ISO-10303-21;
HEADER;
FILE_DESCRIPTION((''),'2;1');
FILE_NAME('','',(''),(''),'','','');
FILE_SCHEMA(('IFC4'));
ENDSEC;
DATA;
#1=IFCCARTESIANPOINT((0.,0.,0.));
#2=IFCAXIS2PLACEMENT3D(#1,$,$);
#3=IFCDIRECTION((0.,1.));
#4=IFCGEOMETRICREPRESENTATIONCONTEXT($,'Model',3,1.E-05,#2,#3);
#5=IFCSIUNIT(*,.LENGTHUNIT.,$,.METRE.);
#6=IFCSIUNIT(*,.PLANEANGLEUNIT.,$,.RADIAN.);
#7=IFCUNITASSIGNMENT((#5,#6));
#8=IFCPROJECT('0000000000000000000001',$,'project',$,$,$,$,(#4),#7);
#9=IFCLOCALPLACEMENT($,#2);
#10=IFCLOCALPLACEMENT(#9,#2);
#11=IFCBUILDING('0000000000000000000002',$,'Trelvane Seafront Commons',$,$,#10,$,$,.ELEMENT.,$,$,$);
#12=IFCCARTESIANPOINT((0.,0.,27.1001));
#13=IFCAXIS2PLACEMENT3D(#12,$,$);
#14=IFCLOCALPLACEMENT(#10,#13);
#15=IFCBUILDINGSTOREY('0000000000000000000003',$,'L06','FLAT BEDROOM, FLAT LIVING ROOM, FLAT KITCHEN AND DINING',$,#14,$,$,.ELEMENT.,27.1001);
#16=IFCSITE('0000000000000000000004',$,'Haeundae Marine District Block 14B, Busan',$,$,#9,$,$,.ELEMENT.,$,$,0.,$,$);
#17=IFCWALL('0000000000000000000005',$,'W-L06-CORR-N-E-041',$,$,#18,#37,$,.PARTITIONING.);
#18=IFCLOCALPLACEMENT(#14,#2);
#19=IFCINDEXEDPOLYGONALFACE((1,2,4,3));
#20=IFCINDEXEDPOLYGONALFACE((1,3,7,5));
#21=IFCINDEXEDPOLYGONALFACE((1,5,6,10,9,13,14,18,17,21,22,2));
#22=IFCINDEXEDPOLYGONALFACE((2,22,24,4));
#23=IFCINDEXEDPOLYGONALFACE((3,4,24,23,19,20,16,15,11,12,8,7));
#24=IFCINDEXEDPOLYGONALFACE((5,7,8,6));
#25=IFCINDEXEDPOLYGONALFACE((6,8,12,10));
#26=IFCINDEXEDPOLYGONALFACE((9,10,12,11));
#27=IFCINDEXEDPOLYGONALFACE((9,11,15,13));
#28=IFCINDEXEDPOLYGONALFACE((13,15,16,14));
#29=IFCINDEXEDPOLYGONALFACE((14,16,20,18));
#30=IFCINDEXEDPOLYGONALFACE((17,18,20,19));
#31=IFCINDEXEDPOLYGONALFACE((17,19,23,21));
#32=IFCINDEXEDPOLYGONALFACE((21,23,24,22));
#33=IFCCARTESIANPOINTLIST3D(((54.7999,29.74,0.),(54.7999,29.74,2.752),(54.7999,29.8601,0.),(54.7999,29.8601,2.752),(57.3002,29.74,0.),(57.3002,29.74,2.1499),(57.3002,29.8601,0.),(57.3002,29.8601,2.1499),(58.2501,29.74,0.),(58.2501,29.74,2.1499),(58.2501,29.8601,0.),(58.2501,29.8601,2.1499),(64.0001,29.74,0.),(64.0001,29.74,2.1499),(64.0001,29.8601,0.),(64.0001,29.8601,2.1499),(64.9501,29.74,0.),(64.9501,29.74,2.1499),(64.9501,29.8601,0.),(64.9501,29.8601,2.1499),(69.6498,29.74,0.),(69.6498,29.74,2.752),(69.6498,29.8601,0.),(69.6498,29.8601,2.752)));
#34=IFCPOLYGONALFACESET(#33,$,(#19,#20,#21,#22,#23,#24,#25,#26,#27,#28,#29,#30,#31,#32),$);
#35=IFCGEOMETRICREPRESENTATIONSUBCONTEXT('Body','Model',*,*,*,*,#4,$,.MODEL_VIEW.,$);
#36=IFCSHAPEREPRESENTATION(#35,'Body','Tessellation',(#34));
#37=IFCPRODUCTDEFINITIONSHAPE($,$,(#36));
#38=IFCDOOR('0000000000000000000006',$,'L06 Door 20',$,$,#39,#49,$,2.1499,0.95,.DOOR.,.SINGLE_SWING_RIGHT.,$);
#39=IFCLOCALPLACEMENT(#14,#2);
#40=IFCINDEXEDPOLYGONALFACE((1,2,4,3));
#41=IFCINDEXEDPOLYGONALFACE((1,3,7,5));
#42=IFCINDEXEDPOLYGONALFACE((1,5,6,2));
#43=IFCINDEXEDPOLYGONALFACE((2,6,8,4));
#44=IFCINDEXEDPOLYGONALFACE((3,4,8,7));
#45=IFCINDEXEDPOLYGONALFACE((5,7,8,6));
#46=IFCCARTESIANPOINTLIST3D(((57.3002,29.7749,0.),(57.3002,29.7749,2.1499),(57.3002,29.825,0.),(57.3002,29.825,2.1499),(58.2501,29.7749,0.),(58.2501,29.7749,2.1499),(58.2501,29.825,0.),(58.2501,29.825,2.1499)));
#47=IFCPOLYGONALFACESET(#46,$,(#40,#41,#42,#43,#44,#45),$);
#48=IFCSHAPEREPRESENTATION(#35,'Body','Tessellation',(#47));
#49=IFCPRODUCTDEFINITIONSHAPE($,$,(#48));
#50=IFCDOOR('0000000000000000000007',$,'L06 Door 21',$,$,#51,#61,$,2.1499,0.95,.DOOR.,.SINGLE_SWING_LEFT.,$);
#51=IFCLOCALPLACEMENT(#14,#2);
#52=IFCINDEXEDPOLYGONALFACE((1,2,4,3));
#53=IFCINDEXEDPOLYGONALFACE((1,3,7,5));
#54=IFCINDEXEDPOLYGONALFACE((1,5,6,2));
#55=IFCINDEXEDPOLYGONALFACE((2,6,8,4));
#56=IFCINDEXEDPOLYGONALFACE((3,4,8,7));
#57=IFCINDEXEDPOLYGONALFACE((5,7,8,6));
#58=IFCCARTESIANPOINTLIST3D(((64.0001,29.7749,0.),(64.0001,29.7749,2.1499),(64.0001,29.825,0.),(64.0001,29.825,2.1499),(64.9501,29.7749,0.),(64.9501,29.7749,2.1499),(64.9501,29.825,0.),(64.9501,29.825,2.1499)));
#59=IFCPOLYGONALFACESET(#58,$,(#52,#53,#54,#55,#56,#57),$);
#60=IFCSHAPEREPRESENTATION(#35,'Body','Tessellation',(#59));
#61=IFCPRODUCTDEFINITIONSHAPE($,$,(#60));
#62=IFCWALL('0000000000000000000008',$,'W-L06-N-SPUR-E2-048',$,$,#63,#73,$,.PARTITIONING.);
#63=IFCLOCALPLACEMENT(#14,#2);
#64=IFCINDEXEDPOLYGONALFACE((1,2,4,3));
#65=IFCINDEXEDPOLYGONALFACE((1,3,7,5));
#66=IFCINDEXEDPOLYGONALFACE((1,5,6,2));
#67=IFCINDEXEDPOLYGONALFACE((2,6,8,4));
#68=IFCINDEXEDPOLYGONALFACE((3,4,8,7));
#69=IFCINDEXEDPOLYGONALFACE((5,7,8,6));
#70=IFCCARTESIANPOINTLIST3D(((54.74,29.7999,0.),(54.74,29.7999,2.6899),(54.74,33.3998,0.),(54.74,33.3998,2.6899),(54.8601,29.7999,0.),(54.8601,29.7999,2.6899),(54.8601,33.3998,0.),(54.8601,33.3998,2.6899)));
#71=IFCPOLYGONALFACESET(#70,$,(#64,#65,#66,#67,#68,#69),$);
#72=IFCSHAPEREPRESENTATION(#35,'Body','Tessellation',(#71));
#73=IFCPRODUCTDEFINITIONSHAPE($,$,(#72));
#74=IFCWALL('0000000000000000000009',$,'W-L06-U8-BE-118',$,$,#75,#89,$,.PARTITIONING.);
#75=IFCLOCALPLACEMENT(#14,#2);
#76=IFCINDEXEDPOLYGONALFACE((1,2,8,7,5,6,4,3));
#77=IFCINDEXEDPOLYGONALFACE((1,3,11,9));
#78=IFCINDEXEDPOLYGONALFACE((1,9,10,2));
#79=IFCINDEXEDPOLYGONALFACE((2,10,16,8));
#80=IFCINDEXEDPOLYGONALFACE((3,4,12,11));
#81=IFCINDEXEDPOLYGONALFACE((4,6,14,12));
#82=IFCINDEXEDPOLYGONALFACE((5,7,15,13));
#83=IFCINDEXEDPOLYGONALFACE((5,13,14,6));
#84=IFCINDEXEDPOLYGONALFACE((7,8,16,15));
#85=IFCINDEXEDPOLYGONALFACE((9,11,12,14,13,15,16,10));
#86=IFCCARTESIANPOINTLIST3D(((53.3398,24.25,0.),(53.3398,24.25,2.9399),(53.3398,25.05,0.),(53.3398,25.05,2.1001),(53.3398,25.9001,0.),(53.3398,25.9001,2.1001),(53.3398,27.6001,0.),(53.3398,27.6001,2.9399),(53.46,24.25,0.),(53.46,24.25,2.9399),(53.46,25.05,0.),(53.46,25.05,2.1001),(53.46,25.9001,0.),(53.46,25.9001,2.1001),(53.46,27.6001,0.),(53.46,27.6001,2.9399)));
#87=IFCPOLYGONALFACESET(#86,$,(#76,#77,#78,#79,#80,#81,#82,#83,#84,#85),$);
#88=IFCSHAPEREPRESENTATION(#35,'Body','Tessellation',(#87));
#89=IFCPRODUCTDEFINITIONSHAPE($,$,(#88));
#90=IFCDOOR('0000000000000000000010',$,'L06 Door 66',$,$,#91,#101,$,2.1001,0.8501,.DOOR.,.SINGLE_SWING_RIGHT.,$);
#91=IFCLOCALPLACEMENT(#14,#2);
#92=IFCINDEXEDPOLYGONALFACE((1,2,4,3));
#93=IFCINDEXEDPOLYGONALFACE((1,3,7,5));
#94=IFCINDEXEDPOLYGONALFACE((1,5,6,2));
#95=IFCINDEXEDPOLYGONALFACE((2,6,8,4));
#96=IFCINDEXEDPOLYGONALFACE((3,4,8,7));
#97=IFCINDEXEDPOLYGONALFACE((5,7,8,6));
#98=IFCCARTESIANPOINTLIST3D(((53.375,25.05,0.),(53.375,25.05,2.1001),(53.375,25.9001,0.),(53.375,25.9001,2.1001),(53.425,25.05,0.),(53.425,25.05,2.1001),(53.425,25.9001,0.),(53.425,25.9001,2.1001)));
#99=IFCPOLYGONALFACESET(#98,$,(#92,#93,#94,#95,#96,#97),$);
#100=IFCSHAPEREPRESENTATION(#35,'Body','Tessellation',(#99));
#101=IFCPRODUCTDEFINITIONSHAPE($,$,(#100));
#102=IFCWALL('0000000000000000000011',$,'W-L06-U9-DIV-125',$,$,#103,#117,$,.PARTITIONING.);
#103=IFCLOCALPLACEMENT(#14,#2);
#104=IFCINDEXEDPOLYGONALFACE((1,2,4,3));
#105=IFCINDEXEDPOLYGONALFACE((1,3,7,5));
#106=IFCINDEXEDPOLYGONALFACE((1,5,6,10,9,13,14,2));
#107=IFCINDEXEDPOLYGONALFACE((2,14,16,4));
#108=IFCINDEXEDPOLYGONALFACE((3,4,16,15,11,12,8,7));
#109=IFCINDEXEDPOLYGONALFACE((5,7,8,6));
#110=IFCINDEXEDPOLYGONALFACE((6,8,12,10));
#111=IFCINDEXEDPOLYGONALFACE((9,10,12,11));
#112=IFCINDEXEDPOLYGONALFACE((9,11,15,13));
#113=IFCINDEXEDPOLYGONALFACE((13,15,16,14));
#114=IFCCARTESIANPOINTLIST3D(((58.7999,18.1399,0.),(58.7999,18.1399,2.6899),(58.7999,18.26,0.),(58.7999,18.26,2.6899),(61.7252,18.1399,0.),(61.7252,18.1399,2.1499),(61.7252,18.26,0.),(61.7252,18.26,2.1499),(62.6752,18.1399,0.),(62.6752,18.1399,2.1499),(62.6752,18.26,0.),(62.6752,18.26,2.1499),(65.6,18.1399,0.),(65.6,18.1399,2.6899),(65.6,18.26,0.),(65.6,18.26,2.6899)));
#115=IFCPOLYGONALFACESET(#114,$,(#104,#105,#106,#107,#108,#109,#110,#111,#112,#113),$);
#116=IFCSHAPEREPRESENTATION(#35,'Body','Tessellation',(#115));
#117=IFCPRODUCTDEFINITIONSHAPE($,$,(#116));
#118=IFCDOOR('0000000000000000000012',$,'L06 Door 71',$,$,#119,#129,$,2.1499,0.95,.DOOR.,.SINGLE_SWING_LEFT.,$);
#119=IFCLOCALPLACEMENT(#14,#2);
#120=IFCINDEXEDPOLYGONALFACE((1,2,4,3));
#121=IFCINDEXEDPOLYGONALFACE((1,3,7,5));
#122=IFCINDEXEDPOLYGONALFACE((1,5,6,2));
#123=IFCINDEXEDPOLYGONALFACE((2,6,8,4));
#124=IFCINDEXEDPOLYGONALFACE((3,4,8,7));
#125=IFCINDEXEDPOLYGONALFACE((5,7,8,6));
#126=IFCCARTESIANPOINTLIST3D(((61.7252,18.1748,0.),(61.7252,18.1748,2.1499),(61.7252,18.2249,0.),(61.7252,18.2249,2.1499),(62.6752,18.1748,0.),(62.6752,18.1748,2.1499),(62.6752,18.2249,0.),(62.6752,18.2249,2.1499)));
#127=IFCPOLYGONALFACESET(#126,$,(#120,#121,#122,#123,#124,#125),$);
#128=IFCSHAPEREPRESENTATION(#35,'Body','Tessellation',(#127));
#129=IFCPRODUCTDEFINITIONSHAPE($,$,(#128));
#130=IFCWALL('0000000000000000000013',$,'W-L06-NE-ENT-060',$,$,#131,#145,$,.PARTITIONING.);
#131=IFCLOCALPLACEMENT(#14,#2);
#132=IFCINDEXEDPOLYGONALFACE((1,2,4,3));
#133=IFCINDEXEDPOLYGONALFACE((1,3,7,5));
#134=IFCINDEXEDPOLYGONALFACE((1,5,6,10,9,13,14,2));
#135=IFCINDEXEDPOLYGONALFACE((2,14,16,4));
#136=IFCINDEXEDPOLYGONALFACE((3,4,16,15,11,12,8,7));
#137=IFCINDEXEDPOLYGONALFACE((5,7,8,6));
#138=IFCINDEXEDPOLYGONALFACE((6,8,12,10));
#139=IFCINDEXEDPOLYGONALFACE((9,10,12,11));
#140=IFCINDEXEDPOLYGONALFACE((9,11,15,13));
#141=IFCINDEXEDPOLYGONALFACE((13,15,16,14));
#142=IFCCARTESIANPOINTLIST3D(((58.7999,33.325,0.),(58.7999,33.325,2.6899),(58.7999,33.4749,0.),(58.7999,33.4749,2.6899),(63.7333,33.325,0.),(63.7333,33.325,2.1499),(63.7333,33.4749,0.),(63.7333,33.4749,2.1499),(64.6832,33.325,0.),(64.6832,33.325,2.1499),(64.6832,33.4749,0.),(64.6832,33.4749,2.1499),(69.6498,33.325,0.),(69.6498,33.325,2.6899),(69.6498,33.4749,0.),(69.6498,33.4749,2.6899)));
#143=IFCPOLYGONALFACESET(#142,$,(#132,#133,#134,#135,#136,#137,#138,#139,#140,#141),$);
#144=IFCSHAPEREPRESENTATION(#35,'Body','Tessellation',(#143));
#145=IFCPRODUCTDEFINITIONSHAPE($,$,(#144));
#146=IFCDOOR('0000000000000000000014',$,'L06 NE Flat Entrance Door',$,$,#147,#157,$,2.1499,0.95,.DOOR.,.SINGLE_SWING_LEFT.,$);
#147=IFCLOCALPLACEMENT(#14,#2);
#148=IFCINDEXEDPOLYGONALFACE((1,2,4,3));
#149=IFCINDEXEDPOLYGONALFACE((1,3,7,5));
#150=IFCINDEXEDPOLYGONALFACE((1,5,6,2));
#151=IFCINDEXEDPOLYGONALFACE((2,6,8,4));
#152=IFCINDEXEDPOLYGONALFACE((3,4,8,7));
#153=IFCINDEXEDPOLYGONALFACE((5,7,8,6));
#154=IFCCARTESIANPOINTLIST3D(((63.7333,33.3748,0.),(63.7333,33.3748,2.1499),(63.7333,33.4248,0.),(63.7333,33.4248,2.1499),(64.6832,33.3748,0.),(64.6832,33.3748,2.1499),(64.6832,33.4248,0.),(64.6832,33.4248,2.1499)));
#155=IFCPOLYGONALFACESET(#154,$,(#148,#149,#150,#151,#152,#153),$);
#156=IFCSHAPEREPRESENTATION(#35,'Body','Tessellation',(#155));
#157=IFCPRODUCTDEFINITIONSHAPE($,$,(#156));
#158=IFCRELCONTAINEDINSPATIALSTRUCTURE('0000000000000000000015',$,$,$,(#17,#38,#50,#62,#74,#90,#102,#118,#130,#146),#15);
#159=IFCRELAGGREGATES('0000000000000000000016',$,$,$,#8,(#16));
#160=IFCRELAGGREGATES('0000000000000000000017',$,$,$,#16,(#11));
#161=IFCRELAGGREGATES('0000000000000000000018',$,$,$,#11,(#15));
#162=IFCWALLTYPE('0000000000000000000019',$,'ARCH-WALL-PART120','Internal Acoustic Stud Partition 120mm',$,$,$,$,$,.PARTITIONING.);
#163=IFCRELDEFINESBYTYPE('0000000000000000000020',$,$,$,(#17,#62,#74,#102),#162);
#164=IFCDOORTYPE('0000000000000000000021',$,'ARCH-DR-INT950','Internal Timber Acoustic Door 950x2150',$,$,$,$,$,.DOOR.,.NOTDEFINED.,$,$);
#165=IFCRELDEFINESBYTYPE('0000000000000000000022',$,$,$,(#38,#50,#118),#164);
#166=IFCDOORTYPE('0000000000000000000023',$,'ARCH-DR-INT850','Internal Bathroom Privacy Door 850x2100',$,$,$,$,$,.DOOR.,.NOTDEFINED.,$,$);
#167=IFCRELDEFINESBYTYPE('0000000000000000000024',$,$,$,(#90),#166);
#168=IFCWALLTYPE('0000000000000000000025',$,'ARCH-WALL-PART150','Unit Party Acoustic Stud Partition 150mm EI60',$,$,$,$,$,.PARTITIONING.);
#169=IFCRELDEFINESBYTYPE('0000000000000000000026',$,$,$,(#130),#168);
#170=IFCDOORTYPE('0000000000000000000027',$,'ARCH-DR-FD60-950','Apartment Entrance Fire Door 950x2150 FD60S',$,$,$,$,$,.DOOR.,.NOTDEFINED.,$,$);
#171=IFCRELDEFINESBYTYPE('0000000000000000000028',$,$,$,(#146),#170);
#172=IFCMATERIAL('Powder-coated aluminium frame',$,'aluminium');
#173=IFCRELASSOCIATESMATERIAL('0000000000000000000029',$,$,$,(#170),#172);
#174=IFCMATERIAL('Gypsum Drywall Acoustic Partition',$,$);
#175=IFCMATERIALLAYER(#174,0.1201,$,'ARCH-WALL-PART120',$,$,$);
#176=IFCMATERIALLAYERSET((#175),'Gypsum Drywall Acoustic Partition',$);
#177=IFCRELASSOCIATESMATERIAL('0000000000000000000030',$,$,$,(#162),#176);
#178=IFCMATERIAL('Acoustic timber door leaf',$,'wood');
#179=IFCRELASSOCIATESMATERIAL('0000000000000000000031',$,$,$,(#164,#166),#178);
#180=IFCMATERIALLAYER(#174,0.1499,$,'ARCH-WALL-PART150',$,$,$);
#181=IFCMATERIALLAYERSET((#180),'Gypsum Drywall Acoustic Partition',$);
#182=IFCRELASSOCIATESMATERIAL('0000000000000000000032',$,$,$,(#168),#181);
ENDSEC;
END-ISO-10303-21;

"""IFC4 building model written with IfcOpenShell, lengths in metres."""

from ifc_helpers import new_model, si_unit, direction, frame, frame_2d, origin, place, context, subcontext, project, spatial, rectangle, extrude, source, transform, mapped, material, layer, layer_set, type_object, element, fill, save


model = new_model("IFC4")

# Units and contexts
model_context = context("Model", 3, precision=1e-05, world=origin(), true_north=direction((0.0, 1.0)))
body_context = subcontext(model_context, "Body", "Model", "MODEL_VIEW")
ifc_project = project(units=[si_unit("LENGTHUNIT", "METRE"), si_unit("PLANEANGLEUNIT", "RADIAN")], contexts=[model_context])

# Site, building, storey
site_placement = place(None, origin())
site = spatial("IfcSite", under=ifc_project, at=site_placement, Name="Haeundae Marine District Block 14B, Busan", CompositionType="ELEMENT", RefElevation=0.0)
building_placement = place(site_placement, origin())
building = spatial("IfcBuilding", under=site, at=building_placement, Name="Trelvane Seafront Commons", CompositionType="ELEMENT")
storey_placement = place(building_placement, frame((0.0, 0.0, 27.1001)))
storey = spatial("IfcBuildingStorey", under=building, at=storey_placement, Name="L06", Description="FLAT BEDROOM, FLAT LIVING ROOM, FLAT KITCHEN AND DINING", CompositionType="ELEMENT", Elevation=27.1001)

# Shared definitions
ifc_material_1 = material(Name="Powder-coated aluminium frame", Category="aluminium")
door_type_1 = type_object("IfcDoorType", Name="ARCH-DR-FD60-950", Description="Apartment Entrance Fire Door 950x2150 FD60S", OperationType="NOTDEFINED", PredefinedType="DOOR", material=ifc_material_1)
shared_shape_1 = source(origin(), body_context, "Body", "SweptSolid", [
    extrude(rectangle(XDim=0.95, YDim=2.1499, at=frame_2d((0.4751, 1.075))), frame((0.0, 0.0249, 0.0), z_axis=(0.0, -1.0, 0.0), x_axis=(1.0, 0.0, 0.0)), (0.0, 0.0, 1.0), 0.05),
])

# Wall, openings, doors
ifc_material_2 = material(Name="Gypsum Drywall Acoustic Partition")
ifc_layer_1 = layer(ifc_material_2, 0.1201, Name="ARCH-WALL-PART120")
ifc_layer_set_1 = layer_set([ifc_layer_1], Name="Gypsum Drywall Acoustic Partition")
wall_type_1 = type_object("IfcWallType", Name="ARCH-WALL-PART120", Description="Internal Acoustic Stud Partition 120mm", PredefinedType="PARTITIONING", material=ifc_layer_set_1)
wall_1_placement = place(storey_placement, frame((54.8, 29.8, 0.0), z_axis=(0.0, 0.0, 1.0), x_axis=(1.0, 0.0, 0.0)))
wall_1 = element("IfcWall", 1, at=wall_1_placement, inside=storey, type_object=wall_type_1, Name="W-L06-CORR-N-E-041", PredefinedType="PARTITIONING", context=body_context, shape_type="SweptSolid", body=[
    extrude(rectangle(XDim=14.8499, YDim=0.1201, at=frame_2d((7.4248, 0.0))), origin(), (0.0, 0.0, 1.0), 2.752),
])
opening_1_placement = place(wall_1_placement, frame((2.5, 0.0, 0.0)))
opening_1 = element("IfcOpeningElement", 2, at=opening_1_placement, cuts=wall_1, PredefinedType="OPENING", context=body_context, shape_type="SweptSolid", body=[
    extrude(rectangle(XDim=0.95, YDim=2.1499, at=frame_2d((0.4751, 1.075))), frame((0.0, 0.0701, 0.0), z_axis=(0.0, -1.0, 0.0), x_axis=(1.0, 0.0, 0.0)), (0.0, 0.0, 1.0), 0.1401),
])
opening_2_placement = place(wall_1_placement, frame((9.2, 0.0, 0.0)))
opening_2 = element("IfcOpeningElement", 3, at=opening_2_placement, cuts=wall_1, PredefinedType="OPENING", context=body_context, shape_type="SweptSolid", body=[
    extrude(rectangle(XDim=0.95, YDim=2.1499, at=frame_2d((0.4751, 1.075))), frame((0.0, 0.0701, 0.0), z_axis=(0.0, -1.0, 0.0), x_axis=(1.0, 0.0, 0.0)), (0.0, 0.0, 1.0), 0.1401),
])
ifc_material_3 = material(Name="Acoustic timber door leaf", Category="wood")
door_type_2 = type_object("IfcDoorType", Name="ARCH-DR-INT950", Description="Internal Timber Acoustic Door 950x2150", OperationType="NOTDEFINED", PredefinedType="DOOR", material=ifc_material_3)
door_1_placement = place(opening_1_placement, origin())
door_1 = element("IfcDoor", 4, at=door_1_placement, inside=storey, type_object=door_type_2, Name="L06 Door 20", OperationType="SINGLE_SWING_RIGHT", OverallHeight=2.1499, OverallWidth=0.95, PredefinedType="DOOR", context=body_context, shape_type="MappedRepresentation", body=[
    mapped(shared_shape_1, transform((0.0, 0.0, 0.0), x_axis=(1.0, 0.0, 0.0), y_axis=(0.0, 1.0, 0.0), z_axis=(0.0, 0.0, 1.0), scale=1.0)),
])
fill(opening_1, door_1)
door_2_placement = place(opening_2_placement, origin())
door_2 = element("IfcDoor", 5, at=door_2_placement, inside=storey, type_object=door_type_2, Name="L06 Door 21", OperationType="SINGLE_SWING_LEFT", OverallHeight=2.1499, OverallWidth=0.95, PredefinedType="DOOR", context=body_context, shape_type="MappedRepresentation", body=[
    mapped(shared_shape_1, transform((0.0, 0.0, 0.0), x_axis=(1.0, 0.0, 0.0), y_axis=(0.0, 1.0, 0.0), z_axis=(0.0, 0.0, 1.0), scale=1.0)),
])
fill(opening_2, door_2)

# Wall
wall_2_placement = place(storey_placement, frame((54.8, 29.8, 0.0), z_axis=(0.0, 0.0, 1.0), x_axis=(0.0, 1.0, 0.0)))
element("IfcWall", 6, at=wall_2_placement, inside=storey, type_object=wall_type_1, Name="W-L06-N-SPUR-E2-048", PredefinedType="PARTITIONING", context=body_context, shape_type="SweptSolid", body=[
    extrude(rectangle(XDim=3.5999, YDim=0.1201, at=frame_2d((1.7998, 0.0))), origin(), (0.0, 0.0, 1.0), 2.6899),
])

# Walls, openings, doors
wall_3_placement = place(storey_placement, frame((53.3999, 24.25, 0.0), z_axis=(0.0, 0.0, 1.0), x_axis=(0.0, 1.0, 0.0)))
wall_3 = element("IfcWall", 7, at=wall_3_placement, inside=storey, type_object=wall_type_1, Name="W-L06-U8-BE-118", PredefinedType="PARTITIONING", context=body_context, shape_type="SweptSolid", body=[
    extrude(rectangle(XDim=3.3501, YDim=0.1201, at=frame_2d((1.675, 0.0))), origin(), (0.0, 0.0, 1.0), 2.9399),
])
opening_3_placement = place(wall_3_placement, frame((0.8, 0.0, 0.0)))
opening_3 = element("IfcOpeningElement", 8, at=opening_3_placement, cuts=wall_3, PredefinedType="OPENING", context=body_context, shape_type="SweptSolid", body=[
    extrude(rectangle(XDim=0.8501, YDim=2.1001, at=frame_2d((0.425, 1.05))), frame((0.0, 0.0701, 0.0), z_axis=(0.0, -1.0, 0.0), x_axis=(1.0, 0.0, 0.0)), (0.0, 0.0, 1.0), 0.1401),
])
door_type_3 = type_object("IfcDoorType", Name="ARCH-DR-INT850", Description="Internal Bathroom Privacy Door 850x2100", OperationType="NOTDEFINED", PredefinedType="DOOR", material=ifc_material_3)
shared_shape_2 = source(origin(), body_context, "Body", "SweptSolid", [
    extrude(rectangle(XDim=0.8501, YDim=2.1001, at=frame_2d((0.425, 1.05))), frame((0.0, 0.0249, 0.0), z_axis=(0.0, -1.0, 0.0), x_axis=(1.0, 0.0, 0.0)), (0.0, 0.0, 1.0), 0.05),
])
door_3_placement = place(opening_3_placement, origin())
door_3 = element("IfcDoor", 9, at=door_3_placement, inside=storey, type_object=door_type_3, Name="L06 Door 66", OperationType="SINGLE_SWING_RIGHT", OverallHeight=2.1001, OverallWidth=0.8501, PredefinedType="DOOR", context=body_context, shape_type="MappedRepresentation", body=[
    mapped(shared_shape_2, transform((0.0, 0.0, 0.0), x_axis=(1.0, 0.0, 0.0), y_axis=(0.0, 1.0, 0.0), z_axis=(0.0, 0.0, 1.0), scale=1.0)),
])
fill(opening_3, door_3)
wall_4_placement = place(storey_placement, frame((58.8, 18.2, 0.0), z_axis=(0.0, 0.0, 1.0), x_axis=(1.0, 0.0, 0.0)))
wall_4 = element("IfcWall", 10, at=wall_4_placement, inside=storey, type_object=wall_type_1, Name="W-L06-U9-DIV-125", PredefinedType="PARTITIONING", context=body_context, shape_type="SweptSolid", body=[
    extrude(rectangle(XDim=6.8, YDim=0.1201, at=frame_2d((3.3999, 0.0))), origin(), (0.0, 0.0, 1.0), 2.6899),
])
opening_4_placement = place(wall_4_placement, frame((2.925, 0.0, 0.0)))
opening_4 = element("IfcOpeningElement", 11, at=opening_4_placement, cuts=wall_4, PredefinedType="OPENING", context=body_context, shape_type="SweptSolid", body=[
    extrude(rectangle(XDim=0.95, YDim=2.1499, at=frame_2d((0.4751, 1.075))), frame((0.0, 0.0701, 0.0), z_axis=(0.0, -1.0, 0.0), x_axis=(1.0, 0.0, 0.0)), (0.0, 0.0, 1.0), 0.1401),
])
door_4_placement = place(opening_4_placement, origin())
door_4 = element("IfcDoor", 12, at=door_4_placement, inside=storey, type_object=door_type_2, Name="L06 Door 71", OperationType="SINGLE_SWING_LEFT", OverallHeight=2.1499, OverallWidth=0.95, PredefinedType="DOOR", context=body_context, shape_type="MappedRepresentation", body=[
    mapped(shared_shape_1, transform((0.0, 0.0, 0.0), x_axis=(1.0, 0.0, 0.0), y_axis=(0.0, 1.0, 0.0), z_axis=(0.0, 0.0, 1.0), scale=1.0)),
])
fill(opening_4, door_4)
ifc_layer_2 = layer(ifc_material_2, 0.1499, Name="ARCH-WALL-PART150")
ifc_layer_set_2 = layer_set([ifc_layer_2], Name="Gypsum Drywall Acoustic Partition")
wall_type_2 = type_object("IfcWallType", Name="ARCH-WALL-PART150", Description="Unit Party Acoustic Stud Partition 150mm EI60", PredefinedType="PARTITIONING", material=ifc_layer_set_2)
wall_5_placement = place(storey_placement, frame((58.8, 33.3999, 0.0), z_axis=(0.0, 0.0, 1.0), x_axis=(1.0, 0.0, 0.0)))
wall_5 = element("IfcWall", 13, at=wall_5_placement, inside=storey, type_object=wall_type_2, Name="W-L06-NE-ENT-060", PredefinedType="PARTITIONING", context=body_context, shape_type="SweptSolid", body=[
    extrude(rectangle(XDim=10.8499, YDim=0.1499, at=frame_2d((5.4248, 0.0))), origin(), (0.0, 0.0, 1.0), 2.6899),
])
opening_5_placement = place(wall_5_placement, frame((4.9331, 0.0, 0.0)))
opening_5 = element("IfcOpeningElement", 14, at=opening_5_placement, cuts=wall_5, PredefinedType="OPENING", context=body_context, shape_type="SweptSolid", body=[
    extrude(rectangle(XDim=0.95, YDim=2.1499, at=frame_2d((0.4751, 1.075))), frame((0.0, 0.085, 0.0), z_axis=(0.0, -1.0, 0.0), x_axis=(1.0, 0.0, 0.0)), (0.0, 0.0, 1.0), 0.1699),
])
door_5_placement = place(opening_5_placement, origin())
door_5 = element("IfcDoor", 15, at=door_5_placement, inside=storey, type_object=door_type_1, Name="L06 NE Flat Entrance Door", OperationType="SINGLE_SWING_LEFT", OverallHeight=2.1499, OverallWidth=0.95, PredefinedType="DOOR", context=body_context, shape_type="MappedRepresentation", body=[
    mapped(shared_shape_1, transform((0.0, 0.0, 0.0), x_axis=(1.0, 0.0, 0.0), y_axis=(0.0, 1.0, 0.0), z_axis=(0.0, 0.0, 1.0), scale=1.0)),
])
fill(opening_5, door_5)

save(model, "model.ifc")
